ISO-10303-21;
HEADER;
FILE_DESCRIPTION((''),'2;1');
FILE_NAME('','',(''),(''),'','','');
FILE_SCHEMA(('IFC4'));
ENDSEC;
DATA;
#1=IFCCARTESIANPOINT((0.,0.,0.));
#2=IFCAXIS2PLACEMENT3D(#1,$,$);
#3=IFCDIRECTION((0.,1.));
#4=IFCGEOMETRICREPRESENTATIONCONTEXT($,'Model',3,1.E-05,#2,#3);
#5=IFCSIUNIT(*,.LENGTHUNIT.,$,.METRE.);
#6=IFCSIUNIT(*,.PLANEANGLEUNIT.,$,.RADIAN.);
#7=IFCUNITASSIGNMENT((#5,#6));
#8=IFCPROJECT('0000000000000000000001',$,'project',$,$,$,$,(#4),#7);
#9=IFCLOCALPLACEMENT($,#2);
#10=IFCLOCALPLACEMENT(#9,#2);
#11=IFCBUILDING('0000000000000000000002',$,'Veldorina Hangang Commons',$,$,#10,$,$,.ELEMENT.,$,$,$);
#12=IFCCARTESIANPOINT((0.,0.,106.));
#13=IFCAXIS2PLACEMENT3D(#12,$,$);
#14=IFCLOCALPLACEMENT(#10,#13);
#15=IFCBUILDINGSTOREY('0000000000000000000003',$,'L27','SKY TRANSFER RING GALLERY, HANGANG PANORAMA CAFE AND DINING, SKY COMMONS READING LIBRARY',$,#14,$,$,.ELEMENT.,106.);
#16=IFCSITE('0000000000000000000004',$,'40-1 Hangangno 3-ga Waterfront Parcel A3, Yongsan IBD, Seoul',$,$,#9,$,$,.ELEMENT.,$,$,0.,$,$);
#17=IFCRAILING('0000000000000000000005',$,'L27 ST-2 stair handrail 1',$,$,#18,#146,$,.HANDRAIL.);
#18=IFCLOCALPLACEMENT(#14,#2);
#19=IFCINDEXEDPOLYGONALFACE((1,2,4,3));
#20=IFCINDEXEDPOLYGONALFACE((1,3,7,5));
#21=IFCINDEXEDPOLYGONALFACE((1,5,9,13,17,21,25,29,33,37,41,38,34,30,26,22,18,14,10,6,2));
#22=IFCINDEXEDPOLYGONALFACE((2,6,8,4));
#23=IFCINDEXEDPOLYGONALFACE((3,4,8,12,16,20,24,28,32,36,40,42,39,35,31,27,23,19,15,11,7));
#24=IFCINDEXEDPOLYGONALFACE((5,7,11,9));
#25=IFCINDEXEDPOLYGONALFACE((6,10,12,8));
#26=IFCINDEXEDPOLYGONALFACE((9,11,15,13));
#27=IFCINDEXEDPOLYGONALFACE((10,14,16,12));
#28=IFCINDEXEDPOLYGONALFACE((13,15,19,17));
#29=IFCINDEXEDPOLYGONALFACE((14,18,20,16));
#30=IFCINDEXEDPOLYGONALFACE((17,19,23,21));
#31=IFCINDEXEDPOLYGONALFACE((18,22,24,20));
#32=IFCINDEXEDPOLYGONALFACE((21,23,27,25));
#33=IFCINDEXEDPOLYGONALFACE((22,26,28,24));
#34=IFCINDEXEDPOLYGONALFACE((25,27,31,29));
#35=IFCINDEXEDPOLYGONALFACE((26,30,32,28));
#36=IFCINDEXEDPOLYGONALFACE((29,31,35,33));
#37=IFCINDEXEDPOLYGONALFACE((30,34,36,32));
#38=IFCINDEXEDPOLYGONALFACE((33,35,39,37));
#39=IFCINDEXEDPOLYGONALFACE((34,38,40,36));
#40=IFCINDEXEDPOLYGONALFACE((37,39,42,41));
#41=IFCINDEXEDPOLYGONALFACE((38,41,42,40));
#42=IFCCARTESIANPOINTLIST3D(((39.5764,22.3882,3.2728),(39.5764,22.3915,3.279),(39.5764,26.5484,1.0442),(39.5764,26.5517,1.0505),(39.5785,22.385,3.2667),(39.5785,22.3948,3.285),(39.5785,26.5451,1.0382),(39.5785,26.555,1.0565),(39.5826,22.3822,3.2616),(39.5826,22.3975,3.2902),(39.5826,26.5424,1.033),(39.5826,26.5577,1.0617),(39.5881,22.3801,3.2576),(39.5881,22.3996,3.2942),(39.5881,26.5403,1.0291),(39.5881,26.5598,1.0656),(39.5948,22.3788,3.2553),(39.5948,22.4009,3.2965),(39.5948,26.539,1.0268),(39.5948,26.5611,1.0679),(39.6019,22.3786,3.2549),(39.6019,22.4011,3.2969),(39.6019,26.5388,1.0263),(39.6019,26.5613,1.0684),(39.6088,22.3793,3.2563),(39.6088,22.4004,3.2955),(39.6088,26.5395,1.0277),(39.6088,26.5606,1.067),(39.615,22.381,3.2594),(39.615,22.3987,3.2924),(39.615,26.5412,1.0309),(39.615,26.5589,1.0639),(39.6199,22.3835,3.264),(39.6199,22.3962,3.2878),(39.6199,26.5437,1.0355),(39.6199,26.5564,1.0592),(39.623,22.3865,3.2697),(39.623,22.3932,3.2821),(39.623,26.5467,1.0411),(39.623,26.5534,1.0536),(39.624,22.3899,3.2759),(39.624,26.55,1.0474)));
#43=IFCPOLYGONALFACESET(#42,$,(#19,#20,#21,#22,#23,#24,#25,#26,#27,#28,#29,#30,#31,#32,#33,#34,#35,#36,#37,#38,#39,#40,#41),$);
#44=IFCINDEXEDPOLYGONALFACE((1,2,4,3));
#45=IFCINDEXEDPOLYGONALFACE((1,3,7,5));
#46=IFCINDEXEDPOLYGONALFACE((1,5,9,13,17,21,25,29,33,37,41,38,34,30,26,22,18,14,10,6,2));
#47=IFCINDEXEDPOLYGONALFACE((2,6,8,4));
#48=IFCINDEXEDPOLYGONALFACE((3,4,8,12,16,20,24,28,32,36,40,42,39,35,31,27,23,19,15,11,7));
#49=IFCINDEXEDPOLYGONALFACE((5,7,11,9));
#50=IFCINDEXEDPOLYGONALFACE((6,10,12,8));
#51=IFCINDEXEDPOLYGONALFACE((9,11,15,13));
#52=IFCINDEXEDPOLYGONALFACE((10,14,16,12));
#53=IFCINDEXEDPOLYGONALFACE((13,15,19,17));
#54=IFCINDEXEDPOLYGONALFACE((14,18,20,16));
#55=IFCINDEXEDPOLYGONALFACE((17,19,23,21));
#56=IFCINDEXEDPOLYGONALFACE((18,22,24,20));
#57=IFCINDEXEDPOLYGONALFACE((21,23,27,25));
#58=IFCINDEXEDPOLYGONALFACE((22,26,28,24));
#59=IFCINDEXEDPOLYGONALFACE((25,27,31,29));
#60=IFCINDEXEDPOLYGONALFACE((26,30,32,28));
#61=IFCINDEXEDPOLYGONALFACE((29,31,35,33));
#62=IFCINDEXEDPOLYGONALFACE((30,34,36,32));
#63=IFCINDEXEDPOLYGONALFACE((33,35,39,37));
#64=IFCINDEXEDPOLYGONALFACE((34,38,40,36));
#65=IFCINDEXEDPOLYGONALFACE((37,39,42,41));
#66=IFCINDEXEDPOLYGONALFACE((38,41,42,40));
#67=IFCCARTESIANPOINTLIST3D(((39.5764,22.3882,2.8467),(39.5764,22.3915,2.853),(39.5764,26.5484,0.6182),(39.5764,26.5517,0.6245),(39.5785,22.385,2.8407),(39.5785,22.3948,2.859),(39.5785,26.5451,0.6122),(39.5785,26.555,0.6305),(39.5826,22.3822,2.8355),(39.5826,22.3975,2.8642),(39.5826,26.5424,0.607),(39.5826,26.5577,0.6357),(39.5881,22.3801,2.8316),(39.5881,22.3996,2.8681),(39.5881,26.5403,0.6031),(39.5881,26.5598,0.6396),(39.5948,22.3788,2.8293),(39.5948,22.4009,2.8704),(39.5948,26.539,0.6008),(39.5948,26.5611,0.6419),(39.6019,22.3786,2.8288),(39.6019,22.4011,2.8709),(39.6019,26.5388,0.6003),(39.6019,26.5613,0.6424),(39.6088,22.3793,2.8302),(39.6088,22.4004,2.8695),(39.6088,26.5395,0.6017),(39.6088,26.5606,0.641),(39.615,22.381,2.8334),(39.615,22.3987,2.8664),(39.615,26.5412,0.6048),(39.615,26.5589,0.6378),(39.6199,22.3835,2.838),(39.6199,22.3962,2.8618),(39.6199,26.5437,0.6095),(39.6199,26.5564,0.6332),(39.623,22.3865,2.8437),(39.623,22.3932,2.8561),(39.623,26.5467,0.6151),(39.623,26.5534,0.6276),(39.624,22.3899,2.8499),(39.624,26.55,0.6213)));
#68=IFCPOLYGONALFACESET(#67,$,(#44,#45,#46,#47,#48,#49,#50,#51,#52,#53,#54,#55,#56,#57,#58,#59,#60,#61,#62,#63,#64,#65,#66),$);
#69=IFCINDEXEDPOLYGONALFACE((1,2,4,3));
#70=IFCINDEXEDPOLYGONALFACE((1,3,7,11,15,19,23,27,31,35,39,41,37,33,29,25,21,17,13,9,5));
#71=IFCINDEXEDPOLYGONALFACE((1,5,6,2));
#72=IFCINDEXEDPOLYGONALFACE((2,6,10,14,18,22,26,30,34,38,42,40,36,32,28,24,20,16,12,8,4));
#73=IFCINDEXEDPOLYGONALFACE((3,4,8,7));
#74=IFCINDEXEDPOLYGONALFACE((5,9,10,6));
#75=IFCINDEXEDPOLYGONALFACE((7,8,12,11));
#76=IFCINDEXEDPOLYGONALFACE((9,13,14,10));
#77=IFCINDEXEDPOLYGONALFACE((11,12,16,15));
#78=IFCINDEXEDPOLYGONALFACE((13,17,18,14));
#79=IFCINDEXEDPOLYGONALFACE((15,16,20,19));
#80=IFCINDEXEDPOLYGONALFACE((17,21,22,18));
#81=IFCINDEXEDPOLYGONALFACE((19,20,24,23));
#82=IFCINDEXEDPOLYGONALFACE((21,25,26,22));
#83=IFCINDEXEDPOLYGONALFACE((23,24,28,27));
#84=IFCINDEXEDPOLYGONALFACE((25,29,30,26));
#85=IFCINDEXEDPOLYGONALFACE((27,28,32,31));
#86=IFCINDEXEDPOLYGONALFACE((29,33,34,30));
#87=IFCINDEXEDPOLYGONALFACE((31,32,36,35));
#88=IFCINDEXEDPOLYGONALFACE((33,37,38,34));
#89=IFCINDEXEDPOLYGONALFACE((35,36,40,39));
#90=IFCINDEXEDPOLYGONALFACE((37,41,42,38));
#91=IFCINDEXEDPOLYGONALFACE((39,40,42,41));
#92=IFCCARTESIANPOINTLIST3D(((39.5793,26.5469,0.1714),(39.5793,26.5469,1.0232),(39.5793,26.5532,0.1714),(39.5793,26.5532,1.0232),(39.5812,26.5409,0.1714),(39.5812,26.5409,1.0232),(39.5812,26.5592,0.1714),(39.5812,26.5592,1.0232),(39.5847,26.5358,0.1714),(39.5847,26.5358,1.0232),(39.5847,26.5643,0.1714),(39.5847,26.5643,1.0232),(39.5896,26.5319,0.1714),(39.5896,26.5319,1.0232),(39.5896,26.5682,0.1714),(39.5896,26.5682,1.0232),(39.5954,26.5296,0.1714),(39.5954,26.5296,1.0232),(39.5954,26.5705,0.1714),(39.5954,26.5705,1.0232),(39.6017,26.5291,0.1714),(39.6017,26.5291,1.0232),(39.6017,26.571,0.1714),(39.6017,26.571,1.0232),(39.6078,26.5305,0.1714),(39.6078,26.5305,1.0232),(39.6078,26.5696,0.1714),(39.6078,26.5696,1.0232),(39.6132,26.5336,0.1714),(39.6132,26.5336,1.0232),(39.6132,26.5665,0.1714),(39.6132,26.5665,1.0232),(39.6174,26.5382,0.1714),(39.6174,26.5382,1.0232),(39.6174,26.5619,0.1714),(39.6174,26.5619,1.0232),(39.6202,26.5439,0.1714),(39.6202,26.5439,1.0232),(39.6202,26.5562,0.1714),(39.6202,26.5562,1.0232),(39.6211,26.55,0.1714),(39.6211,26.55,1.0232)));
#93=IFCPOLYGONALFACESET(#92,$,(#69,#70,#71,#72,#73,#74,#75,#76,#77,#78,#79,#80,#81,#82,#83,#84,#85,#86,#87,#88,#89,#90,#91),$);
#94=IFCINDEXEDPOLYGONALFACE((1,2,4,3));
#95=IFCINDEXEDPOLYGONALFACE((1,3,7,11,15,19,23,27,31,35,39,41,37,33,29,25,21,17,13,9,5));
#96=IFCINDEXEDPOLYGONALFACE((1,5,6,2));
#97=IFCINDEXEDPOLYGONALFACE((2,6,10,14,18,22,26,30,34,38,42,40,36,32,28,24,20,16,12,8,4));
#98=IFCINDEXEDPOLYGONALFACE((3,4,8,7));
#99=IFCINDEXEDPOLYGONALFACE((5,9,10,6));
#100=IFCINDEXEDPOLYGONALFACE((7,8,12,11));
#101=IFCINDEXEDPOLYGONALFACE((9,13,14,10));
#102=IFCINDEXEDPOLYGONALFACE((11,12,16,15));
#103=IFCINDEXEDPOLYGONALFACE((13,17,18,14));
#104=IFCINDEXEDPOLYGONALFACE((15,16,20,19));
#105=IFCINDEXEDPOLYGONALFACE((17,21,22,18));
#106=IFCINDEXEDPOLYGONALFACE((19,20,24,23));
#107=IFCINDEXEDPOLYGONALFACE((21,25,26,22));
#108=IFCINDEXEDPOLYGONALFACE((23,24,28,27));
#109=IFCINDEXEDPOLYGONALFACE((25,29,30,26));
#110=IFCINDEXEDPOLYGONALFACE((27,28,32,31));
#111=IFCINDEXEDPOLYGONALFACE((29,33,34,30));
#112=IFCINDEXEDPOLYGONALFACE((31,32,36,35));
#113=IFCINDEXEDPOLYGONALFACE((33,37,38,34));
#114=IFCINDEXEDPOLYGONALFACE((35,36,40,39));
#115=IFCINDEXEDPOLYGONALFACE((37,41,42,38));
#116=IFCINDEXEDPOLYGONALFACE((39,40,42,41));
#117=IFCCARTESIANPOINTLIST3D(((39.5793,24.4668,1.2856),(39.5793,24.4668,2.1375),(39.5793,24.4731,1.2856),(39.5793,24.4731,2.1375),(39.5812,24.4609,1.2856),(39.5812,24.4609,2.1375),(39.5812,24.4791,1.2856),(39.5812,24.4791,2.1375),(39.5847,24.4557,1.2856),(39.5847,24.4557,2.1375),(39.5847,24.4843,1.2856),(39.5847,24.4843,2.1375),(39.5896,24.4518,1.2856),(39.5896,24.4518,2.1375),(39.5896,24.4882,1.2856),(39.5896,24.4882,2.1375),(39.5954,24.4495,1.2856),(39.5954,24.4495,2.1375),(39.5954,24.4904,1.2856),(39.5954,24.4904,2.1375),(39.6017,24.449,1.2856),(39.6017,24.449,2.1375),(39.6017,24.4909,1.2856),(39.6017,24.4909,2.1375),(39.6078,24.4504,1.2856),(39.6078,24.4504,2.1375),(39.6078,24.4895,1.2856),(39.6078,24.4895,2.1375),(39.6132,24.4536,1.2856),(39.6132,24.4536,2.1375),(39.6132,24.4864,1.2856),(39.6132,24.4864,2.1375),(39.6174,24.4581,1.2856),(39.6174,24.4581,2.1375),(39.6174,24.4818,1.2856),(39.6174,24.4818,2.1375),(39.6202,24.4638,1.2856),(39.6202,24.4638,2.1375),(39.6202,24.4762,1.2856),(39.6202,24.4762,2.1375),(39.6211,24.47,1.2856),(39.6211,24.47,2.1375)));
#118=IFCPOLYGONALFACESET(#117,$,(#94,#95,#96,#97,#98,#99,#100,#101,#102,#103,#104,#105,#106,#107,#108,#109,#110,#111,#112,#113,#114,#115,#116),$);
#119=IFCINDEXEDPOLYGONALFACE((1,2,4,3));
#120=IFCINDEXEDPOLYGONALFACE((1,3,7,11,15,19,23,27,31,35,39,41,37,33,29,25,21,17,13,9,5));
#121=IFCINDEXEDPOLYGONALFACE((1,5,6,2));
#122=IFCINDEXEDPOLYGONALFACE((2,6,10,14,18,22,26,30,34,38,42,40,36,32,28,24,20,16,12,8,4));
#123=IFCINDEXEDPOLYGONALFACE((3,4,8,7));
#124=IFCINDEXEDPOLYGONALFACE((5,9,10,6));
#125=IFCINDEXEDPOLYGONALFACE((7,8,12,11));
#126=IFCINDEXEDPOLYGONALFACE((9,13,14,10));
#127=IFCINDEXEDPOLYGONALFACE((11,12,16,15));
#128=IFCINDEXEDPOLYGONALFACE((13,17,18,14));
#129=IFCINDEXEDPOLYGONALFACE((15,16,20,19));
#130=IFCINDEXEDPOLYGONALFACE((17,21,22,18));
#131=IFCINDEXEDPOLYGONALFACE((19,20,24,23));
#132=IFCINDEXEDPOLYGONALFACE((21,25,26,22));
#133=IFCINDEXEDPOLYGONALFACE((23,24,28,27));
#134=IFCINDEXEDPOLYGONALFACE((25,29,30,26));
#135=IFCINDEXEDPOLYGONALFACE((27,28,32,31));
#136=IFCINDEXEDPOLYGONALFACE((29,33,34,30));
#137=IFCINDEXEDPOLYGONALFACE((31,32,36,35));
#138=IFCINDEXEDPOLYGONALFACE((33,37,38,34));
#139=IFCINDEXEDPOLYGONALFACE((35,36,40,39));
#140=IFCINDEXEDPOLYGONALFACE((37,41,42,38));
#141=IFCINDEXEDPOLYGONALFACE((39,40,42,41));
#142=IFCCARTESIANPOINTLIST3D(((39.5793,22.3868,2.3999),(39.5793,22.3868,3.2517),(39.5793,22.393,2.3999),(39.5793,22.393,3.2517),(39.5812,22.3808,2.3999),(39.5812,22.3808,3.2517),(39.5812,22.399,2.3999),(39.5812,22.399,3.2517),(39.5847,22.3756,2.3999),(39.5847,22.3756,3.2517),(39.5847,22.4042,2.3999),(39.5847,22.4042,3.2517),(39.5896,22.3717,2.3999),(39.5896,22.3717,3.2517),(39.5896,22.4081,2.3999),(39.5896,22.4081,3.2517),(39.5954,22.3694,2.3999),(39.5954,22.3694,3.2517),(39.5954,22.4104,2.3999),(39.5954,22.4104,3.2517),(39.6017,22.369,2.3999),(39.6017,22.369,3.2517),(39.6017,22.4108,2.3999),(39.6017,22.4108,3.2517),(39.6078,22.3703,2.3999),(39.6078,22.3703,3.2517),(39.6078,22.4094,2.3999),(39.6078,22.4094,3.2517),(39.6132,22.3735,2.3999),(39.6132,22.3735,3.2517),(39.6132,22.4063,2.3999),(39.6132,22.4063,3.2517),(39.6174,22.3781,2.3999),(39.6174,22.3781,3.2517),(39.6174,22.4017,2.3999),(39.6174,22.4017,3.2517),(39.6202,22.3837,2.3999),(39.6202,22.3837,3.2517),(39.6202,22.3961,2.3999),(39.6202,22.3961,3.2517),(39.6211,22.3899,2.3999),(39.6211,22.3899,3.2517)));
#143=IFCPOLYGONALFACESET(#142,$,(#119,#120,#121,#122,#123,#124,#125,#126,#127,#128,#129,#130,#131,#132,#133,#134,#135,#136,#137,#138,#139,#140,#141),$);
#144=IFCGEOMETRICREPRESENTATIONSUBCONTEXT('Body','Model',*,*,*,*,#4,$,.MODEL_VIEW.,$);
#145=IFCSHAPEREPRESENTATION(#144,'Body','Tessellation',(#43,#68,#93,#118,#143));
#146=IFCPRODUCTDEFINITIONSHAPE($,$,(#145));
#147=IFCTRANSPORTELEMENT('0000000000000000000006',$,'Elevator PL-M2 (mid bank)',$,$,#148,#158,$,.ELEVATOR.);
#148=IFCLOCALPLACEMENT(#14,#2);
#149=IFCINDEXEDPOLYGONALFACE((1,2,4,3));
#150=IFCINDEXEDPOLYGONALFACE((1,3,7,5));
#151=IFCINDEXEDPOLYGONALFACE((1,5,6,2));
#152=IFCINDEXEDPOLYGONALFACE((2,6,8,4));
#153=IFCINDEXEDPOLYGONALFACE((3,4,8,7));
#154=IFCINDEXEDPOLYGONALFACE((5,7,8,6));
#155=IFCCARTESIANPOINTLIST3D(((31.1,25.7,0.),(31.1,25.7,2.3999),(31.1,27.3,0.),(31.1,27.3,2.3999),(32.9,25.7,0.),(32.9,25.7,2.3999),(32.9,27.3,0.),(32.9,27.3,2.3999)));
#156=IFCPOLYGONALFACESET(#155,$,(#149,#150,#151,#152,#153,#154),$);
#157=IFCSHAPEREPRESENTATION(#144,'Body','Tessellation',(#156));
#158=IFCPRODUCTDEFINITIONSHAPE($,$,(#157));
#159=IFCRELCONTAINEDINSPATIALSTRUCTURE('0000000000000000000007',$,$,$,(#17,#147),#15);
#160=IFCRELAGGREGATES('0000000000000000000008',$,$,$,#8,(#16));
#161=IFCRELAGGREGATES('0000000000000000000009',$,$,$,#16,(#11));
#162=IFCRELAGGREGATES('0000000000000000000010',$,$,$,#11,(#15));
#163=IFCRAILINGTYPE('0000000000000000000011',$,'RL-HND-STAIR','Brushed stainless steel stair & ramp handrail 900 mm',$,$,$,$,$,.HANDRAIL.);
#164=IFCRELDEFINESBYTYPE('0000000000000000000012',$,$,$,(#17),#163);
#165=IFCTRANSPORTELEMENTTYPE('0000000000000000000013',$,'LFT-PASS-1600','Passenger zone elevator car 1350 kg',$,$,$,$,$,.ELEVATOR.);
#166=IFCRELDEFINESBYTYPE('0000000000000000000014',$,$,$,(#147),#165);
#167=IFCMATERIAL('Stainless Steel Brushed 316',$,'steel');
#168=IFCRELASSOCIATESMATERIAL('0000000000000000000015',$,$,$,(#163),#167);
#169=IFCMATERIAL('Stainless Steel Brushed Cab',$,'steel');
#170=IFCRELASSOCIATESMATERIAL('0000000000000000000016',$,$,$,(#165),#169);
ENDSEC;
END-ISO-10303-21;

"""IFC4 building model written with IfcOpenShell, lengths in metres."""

from ifc_helpers import new_model, si_unit, direction, frame, origin, origin_2d, place, context, subcontext, project, spatial, rectangle, circle, extrude, material, type_object, element, save


model = new_model("IFC4")

# Units and contexts
model_context = context("Model", 3, precision=1e-05, world=origin(), true_north=direction((0.0, 1.0)))
body_context = subcontext(model_context, "Body", "Model", "MODEL_VIEW")
ifc_project = project(units=[si_unit("LENGTHUNIT", "METRE"), si_unit("PLANEANGLEUNIT", "RADIAN")], contexts=[model_context])

# Site, building, storey
site_placement = place(None, origin())
site = spatial("IfcSite", under=ifc_project, at=site_placement, Name="40-1 Hangangno 3-ga Waterfront Parcel A3, Yongsan IBD, Seoul", CompositionType="ELEMENT", RefElevation=0.0)
building_placement = place(site_placement, origin())
building = spatial("IfcBuilding", under=site, at=building_placement, Name="Veldorina Hangang Commons", CompositionType="ELEMENT")
storey_placement = place(building_placement, frame((0.0, 0.0, 106.0)))
storey = spatial("IfcBuildingStorey", under=building, at=storey_placement, Name="L27", Description="SKY TRANSFER RING GALLERY, HANGANG PANORAMA CAFE AND DINING, SKY COMMONS READING LIBRARY", CompositionType="ELEMENT", Elevation=106.0)

# Railing
ifc_material_1 = material(Name="Stainless Steel Brushed 316", Category="steel")
railing_type_1 = type_object("IfcRailingType", Name="RL-HND-STAIR", Description="Brushed stainless steel stair & ramp handrail 900 mm", PredefinedType="HANDRAIL", material=ifc_material_1)
railing_1_placement = place(storey_placement, frame((39.6001, 26.55, 0.1714)))
element("IfcRailing", 1, at=railing_1_placement, inside=storey, type_object=railing_type_1, Name="L27 ST-2 stair handrail 1", PredefinedType="HANDRAIL", context=body_context, shape_type="SweptSolid", body=[
    extrude(circle(Radius=0.0239, at=origin_2d()), frame((0.0, 0.0, 0.876), z_axis=(0.0, -0.881492, 0.472198), x_axis=(1.0, 0.0, 0.0)), (0.0, 0.0, 1.0), 4.7195),
    extrude(circle(Radius=0.0239, at=origin_2d()), frame((0.0, 0.0, 0.45), z_axis=(0.0, -0.881492, 0.472198), x_axis=(1.0, 0.0, 0.0)), (0.0, 0.0, 1.0), 4.7195),
    extrude(circle(Radius=0.021, at=origin_2d()), origin(), (0.0, 0.0, 1.0), 0.8518),
    extrude(circle(Radius=0.021, at=origin_2d()), frame((0.0, -2.0801, 1.1143)), (0.0, 0.0, 1.0), 0.8518),
    extrude(circle(Radius=0.021, at=origin_2d()), frame((0.0, -4.1602, 2.2285)), (0.0, 0.0, 1.0), 0.8518),
])

# Transport element
ifc_material_2 = material(Name="Stainless Steel Brushed Cab", Category="steel")
transport_element_type = type_object("IfcTransportElementType", Name="LFT-PASS-1600", Description="Passenger zone elevator car 1350 kg", PredefinedType="ELEVATOR", material=ifc_material_2)
transport_element_placement = place(storey_placement, frame((32.0, 26.5, 0.0), z_axis=(0.0, 0.0, 1.0), x_axis=(1.0, 0.0, 0.0)))
element("IfcTransportElement", 2, at=transport_element_placement, inside=storey, type_object=transport_element_type, Name="Elevator PL-M2 (mid bank)", PredefinedType="ELEVATOR", context=body_context, shape_type="SweptSolid", body=[
    extrude(rectangle(XDim=1.8, YDim=1.6001, at=origin_2d()), origin(), (0.0, 0.0, 1.0), 2.3999),
])

save(model, "model.ifc")
